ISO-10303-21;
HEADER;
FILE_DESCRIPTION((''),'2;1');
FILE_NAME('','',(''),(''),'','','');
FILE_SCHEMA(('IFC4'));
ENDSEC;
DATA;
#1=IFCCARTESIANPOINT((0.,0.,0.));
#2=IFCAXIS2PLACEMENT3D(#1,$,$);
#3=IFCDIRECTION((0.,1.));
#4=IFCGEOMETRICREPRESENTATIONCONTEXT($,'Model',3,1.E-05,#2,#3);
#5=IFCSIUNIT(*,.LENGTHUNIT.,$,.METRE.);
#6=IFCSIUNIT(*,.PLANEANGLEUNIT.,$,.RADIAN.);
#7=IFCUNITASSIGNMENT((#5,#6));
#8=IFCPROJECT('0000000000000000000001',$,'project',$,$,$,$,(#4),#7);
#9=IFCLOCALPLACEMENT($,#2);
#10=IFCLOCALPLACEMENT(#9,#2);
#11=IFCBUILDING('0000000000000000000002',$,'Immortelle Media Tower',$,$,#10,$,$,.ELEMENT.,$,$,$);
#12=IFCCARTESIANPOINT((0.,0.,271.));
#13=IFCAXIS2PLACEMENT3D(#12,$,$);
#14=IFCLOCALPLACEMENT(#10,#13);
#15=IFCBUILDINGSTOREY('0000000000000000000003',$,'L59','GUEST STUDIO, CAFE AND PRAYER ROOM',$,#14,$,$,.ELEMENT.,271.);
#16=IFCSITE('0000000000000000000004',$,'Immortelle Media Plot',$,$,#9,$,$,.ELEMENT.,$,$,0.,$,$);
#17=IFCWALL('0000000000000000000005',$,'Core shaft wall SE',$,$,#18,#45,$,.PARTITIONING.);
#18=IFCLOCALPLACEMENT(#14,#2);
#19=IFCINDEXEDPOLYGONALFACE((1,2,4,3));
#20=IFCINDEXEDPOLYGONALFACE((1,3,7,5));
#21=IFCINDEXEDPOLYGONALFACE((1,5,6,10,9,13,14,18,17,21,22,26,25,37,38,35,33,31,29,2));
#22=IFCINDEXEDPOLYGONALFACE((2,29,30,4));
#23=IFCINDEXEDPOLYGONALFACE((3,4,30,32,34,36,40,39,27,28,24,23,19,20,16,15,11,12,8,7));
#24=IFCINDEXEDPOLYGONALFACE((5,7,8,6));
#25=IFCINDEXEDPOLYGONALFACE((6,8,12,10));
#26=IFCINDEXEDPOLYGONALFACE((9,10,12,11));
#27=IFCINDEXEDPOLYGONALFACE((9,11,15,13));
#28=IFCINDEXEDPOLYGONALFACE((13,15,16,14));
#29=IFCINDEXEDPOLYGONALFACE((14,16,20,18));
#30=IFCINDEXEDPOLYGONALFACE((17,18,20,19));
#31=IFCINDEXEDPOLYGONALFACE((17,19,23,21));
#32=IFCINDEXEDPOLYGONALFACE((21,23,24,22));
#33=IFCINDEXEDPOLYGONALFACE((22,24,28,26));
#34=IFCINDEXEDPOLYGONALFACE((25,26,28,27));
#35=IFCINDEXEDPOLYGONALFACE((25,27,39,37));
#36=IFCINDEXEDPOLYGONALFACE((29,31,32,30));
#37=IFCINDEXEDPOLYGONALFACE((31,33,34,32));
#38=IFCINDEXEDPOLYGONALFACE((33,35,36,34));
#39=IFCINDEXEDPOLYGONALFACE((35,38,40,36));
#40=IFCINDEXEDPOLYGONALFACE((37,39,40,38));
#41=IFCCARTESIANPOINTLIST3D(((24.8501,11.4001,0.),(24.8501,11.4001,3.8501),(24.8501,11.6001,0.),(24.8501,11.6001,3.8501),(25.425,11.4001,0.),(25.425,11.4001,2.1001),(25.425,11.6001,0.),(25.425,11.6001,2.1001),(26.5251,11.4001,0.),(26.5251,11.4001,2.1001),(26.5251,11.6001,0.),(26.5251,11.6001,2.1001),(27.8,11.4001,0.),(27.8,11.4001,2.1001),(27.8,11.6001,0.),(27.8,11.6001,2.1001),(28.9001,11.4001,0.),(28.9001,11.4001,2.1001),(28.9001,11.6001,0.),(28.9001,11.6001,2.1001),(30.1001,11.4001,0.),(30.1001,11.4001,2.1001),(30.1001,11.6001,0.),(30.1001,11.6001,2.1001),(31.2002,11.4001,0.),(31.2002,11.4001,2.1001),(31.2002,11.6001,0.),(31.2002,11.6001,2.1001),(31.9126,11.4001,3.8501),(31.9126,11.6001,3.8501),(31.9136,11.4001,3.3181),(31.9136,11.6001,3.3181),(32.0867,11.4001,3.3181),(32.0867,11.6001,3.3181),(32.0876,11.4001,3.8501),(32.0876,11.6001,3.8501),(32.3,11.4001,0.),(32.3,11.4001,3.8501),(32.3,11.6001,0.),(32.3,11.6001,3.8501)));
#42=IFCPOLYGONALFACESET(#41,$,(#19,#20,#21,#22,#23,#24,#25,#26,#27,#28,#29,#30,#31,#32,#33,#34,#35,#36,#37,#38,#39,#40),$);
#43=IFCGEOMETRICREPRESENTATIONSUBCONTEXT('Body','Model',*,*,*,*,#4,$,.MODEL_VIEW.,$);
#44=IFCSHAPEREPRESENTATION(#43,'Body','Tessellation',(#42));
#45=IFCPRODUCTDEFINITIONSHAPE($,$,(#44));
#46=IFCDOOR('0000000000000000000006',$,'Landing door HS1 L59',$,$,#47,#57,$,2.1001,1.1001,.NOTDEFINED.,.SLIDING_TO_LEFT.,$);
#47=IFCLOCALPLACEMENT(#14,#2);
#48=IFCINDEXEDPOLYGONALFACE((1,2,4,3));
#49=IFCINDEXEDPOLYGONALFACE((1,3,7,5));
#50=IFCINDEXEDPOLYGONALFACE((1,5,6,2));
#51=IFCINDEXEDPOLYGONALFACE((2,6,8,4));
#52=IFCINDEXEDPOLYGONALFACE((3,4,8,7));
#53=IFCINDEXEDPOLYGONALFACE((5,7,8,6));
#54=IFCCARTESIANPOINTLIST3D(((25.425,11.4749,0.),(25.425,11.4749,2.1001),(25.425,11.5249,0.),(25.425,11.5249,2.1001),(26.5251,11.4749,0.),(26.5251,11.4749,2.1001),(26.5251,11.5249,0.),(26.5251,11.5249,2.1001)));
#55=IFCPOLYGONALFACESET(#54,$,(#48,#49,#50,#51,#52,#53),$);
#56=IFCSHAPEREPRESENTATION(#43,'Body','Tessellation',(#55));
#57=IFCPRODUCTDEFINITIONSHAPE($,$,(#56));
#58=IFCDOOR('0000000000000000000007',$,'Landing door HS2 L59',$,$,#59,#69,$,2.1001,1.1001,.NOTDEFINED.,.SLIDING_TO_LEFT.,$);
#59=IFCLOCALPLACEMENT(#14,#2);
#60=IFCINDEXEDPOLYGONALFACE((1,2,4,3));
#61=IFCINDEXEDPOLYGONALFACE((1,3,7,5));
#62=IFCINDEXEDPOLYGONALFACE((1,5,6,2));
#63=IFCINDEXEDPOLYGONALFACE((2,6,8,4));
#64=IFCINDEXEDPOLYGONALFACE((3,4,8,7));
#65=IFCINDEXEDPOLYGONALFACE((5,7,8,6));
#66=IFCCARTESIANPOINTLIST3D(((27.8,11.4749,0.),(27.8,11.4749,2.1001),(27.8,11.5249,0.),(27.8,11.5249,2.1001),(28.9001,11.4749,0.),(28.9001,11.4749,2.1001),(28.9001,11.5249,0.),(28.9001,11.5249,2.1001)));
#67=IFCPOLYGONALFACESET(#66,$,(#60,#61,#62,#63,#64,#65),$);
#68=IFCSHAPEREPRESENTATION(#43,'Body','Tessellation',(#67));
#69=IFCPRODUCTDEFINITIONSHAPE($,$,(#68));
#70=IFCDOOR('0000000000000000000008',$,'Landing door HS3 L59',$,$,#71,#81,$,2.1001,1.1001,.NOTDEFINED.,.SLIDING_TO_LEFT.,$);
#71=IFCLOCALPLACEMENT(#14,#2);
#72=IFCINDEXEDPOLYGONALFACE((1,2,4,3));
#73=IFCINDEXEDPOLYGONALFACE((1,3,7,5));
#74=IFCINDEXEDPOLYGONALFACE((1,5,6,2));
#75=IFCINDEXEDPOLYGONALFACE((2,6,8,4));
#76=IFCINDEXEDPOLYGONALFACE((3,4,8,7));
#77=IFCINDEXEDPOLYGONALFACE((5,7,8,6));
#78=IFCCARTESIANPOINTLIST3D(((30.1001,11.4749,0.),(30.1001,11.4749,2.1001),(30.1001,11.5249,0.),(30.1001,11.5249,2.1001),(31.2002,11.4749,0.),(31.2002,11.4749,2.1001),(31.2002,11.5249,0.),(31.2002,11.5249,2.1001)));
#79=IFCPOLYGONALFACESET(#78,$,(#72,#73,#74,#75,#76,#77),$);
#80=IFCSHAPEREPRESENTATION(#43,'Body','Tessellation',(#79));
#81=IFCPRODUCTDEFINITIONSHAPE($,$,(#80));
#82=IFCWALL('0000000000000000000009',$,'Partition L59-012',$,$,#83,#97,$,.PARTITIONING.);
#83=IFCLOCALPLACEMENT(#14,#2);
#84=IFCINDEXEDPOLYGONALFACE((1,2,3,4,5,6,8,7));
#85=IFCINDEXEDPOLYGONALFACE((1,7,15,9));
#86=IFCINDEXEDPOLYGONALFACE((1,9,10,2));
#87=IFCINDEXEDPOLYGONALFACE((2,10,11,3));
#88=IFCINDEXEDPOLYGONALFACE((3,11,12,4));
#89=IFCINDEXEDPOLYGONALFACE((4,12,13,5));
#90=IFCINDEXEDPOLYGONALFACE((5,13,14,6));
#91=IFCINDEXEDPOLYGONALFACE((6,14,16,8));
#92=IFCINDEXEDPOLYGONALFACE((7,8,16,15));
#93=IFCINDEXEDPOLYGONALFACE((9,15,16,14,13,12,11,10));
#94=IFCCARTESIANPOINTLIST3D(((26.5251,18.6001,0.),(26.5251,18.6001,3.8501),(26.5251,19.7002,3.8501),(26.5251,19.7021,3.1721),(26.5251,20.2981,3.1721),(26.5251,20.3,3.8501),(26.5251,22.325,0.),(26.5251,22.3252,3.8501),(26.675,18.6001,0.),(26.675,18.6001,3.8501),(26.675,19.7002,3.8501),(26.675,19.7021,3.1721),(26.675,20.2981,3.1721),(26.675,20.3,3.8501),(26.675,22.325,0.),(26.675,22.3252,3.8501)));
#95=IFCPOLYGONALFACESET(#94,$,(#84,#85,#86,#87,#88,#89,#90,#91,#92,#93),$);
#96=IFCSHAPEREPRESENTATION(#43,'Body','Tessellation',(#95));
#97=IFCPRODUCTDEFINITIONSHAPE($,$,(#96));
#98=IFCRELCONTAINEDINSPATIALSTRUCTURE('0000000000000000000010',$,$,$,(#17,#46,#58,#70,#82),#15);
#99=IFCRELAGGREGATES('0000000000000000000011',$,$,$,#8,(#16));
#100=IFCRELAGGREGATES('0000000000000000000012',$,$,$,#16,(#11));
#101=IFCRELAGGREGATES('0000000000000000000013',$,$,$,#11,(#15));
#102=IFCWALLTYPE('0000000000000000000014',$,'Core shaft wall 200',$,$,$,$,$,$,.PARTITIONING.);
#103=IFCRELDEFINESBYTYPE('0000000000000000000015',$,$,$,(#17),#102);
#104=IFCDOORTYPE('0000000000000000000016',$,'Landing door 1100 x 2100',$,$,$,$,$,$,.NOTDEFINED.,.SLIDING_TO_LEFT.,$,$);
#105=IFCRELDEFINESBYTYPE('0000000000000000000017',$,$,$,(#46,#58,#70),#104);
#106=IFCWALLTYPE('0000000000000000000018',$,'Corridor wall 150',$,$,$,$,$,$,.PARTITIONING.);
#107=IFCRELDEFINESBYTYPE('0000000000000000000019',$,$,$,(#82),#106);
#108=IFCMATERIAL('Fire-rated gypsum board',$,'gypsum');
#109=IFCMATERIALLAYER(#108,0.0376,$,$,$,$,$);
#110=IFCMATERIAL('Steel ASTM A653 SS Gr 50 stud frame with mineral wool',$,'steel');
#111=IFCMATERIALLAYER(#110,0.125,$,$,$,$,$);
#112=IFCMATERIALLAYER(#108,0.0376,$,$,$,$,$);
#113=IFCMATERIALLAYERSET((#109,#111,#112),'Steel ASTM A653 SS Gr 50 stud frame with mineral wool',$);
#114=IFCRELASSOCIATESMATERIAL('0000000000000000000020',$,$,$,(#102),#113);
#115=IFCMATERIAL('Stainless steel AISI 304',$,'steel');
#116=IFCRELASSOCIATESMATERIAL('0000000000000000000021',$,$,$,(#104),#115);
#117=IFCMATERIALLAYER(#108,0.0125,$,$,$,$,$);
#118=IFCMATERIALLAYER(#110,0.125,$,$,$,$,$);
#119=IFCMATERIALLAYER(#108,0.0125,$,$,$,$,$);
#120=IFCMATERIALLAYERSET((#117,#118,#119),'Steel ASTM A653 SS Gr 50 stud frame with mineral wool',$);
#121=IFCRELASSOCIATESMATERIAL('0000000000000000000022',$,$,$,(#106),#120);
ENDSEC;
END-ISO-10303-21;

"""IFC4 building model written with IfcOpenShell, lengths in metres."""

from ifc_helpers import new_model, si_unit, direction, frame, frame_2d, origin, place, context, subcontext, project, spatial, polyline, rectangle, outline, extrude, material, layer, layer_set, type_object, element, fill, save


model = new_model("IFC4")

# Units and contexts
model_context = context("Model", 3, precision=1e-05, world=origin(), true_north=direction((0.0, 1.0)))
body_context = subcontext(model_context, "Body", "Model", "MODEL_VIEW")
ifc_project = project(units=[si_unit("LENGTHUNIT", "METRE"), si_unit("PLANEANGLEUNIT", "RADIAN")], contexts=[model_context])

# Site, building, storey
site_placement = place(None, origin())
site = spatial("IfcSite", under=ifc_project, at=site_placement, Name="Immortelle Media Plot", CompositionType="ELEMENT", RefElevation=0.0)
building_placement = place(site_placement, origin())
building = spatial("IfcBuilding", under=site, at=building_placement, Name="Immortelle Media Tower", CompositionType="ELEMENT")
storey_placement = place(building_placement, frame((0.0, 0.0, 271.0)))
storey = spatial("IfcBuildingStorey", under=building, at=storey_placement, Name="L59", Description="GUEST STUDIO, CAFE AND PRAYER ROOM", CompositionType="ELEMENT", Elevation=271.0)

# Shared definitions
ifc_material_1 = material(Name="Fire-rated gypsum board", Category="gypsum")
ifc_material_2 = material(Name="Steel ASTM A653 SS Gr 50 stud frame with mineral wool", Category="steel")

# Shared definitions
ifc_layer_1 = layer(ifc_material_1, 0.0376)
ifc_layer_2 = layer(ifc_material_2, 0.125)
ifc_layer_3 = layer(ifc_material_1, 0.0376)
ifc_layer_set_1 = layer_set([ifc_layer_1, ifc_layer_2, ifc_layer_3], Name="Steel ASTM A653 SS Gr 50 stud frame with mineral wool")
wall_type_1 = type_object("IfcWallType", Name="Core shaft wall 200", PredefinedType="PARTITIONING", material=ifc_layer_set_1)

# Wall, openings, doors
wall_1_placement = place(storey_placement, frame((24.8501, 11.5, 0.0), z_axis=(0.0, 0.0, 1.0), x_axis=(1.0, 0.0, 0.0)))
wall_1 = element("IfcWall", 1, at=wall_1_placement, inside=storey, type_object=wall_type_1, Name="Core shaft wall SE", PredefinedType="PARTITIONING", context=body_context, shape_type="SweptSolid", body=[
    extrude(outline(polyline([(0.0, 0.0), (7.45, 0.0), (7.45, 3.8501), (7.2375, 3.8501), (7.2366, 3.3181), (7.0635, 3.3181), (7.0625, 3.8501), (0.0, 3.8501), (0.0, 0.0)])), frame((0.0, 0.1001, 0.0), z_axis=(0.0, -1.0, 0.0), x_axis=(1.0, 0.0, 0.0)), (0.0, 0.0, 1.0), 0.2),
])
opening_1_placement = place(wall_1_placement, frame((0.575, 0.0, 0.0)))
opening_1 = element("IfcOpeningElement", 2, at=opening_1_placement, cuts=wall_1, PredefinedType="OPENING", context=body_context, shape_type="SweptSolid", body=[
    extrude(rectangle(XDim=1.1001, YDim=2.1001, at=frame_2d((0.55, 1.05))), frame((0.0, 0.1099, 0.0), z_axis=(0.0, -1.0, 0.0), x_axis=(1.0, 0.0, 0.0)), (0.0, 0.0, 1.0), 0.22),
])
opening_2_placement = place(wall_1_placement, frame((2.95, 0.0, 0.0)))
opening_2 = element("IfcOpeningElement", 3, at=opening_2_placement, cuts=wall_1, PredefinedType="OPENING", context=body_context, shape_type="SweptSolid", body=[
    extrude(rectangle(XDim=1.1001, YDim=2.1001, at=frame_2d((0.55, 1.05))), frame((0.0, 0.1099, 0.0), z_axis=(0.0, -1.0, 0.0), x_axis=(1.0, 0.0, 0.0)), (0.0, 0.0, 1.0), 0.22),
])
opening_3_placement = place(wall_1_placement, frame((5.25, 0.0, 0.0)))
opening_3 = element("IfcOpeningElement", 4, at=opening_3_placement, cuts=wall_1, PredefinedType="OPENING", context=body_context, shape_type="SweptSolid", body=[
    extrude(rectangle(XDim=1.1001, YDim=2.1001, at=frame_2d((0.55, 1.05))), frame((0.0, 0.1099, 0.0), z_axis=(0.0, -1.0, 0.0), x_axis=(1.0, 0.0, 0.0)), (0.0, 0.0, 1.0), 0.22),
])
ifc_material_3 = material(Name="Stainless steel AISI 304", Category="steel")
door_type_1 = type_object("IfcDoorType", Name="Landing door 1100 x 2100", OperationType="SLIDING_TO_LEFT", PredefinedType="NOTDEFINED", material=ifc_material_3)
door_1_placement = place(opening_1_placement, origin())
door_1 = element("IfcDoor", 5, at=door_1_placement, inside=storey, type_object=door_type_1, Name="Landing door HS1 L59", OperationType="SLIDING_TO_LEFT", OverallHeight=2.1001, OverallWidth=1.1001, PredefinedType="NOTDEFINED", context=body_context, shape_type="SweptSolid", body=[
    extrude(rectangle(XDim=1.1001, YDim=2.1001, at=frame_2d((0.55, 1.05))), frame((0.0, 0.0249, 0.0), z_axis=(0.0, -1.0, 0.0), x_axis=(1.0, 0.0, 0.0)), (0.0, 0.0, 1.0), 0.05),
])
fill(opening_1, door_1)
door_2_placement = place(opening_2_placement, origin())
door_2 = element("IfcDoor", 6, at=door_2_placement, inside=storey, type_object=door_type_1, Name="Landing door HS2 L59", OperationType="SLIDING_TO_LEFT", OverallHeight=2.1001, OverallWidth=1.1001, PredefinedType="NOTDEFINED", context=body_context, shape_type="SweptSolid", body=[
    extrude(rectangle(XDim=1.1001, YDim=2.1001, at=frame_2d((0.55, 1.05))), frame((0.0, 0.0249, 0.0), z_axis=(0.0, -1.0, 0.0), x_axis=(1.0, 0.0, 0.0)), (0.0, 0.0, 1.0), 0.05),
])
fill(opening_2, door_2)
door_3_placement = place(opening_3_placement, origin())
door_3 = element("IfcDoor", 7, at=door_3_placement, inside=storey, type_object=door_type_1, Name="Landing door HS3 L59", OperationType="SLIDING_TO_LEFT", OverallHeight=2.1001, OverallWidth=1.1001, PredefinedType="NOTDEFINED", context=body_context, shape_type="SweptSolid", body=[
    extrude(rectangle(XDim=1.1001, YDim=2.1001, at=frame_2d((0.55, 1.05))), frame((0.0, 0.0249, 0.0), z_axis=(0.0, -1.0, 0.0), x_axis=(1.0, 0.0, 0.0)), (0.0, 0.0, 1.0), 0.05),
])
fill(opening_3, door_3)

# Wall
ifc_layer_4 = layer(ifc_material_1, 0.0125)
ifc_layer_5 = layer(ifc_material_2, 0.125)
ifc_layer_6 = layer(ifc_material_1, 0.0125)
ifc_layer_set_2 = layer_set([ifc_layer_4, ifc_layer_5, ifc_layer_6], Name="Steel ASTM A653 SS Gr 50 stud frame with mineral wool")
wall_type_2 = type_object("IfcWallType", Name="Corridor wall 150", PredefinedType="PARTITIONING", material=ifc_layer_set_2)
wall_2_placement = place(storey_placement, frame((26.6001, 18.6001, 0.0), z_axis=(0.0, 0.0, 1.0), x_axis=(0.0, 1.0, 0.0)))
element("IfcWall", 8, at=wall_2_placement, inside=storey, type_object=wall_type_2, Name="Partition L59-012", PredefinedType="PARTITIONING", context=body_context, shape_type="SweptSolid", body=[
    extrude(outline(polyline([(0.0, 0.0), (3.7249, 0.0), (3.7251, 3.8501), (1.7, 3.8501), (1.698, 3.1721), (1.1021, 3.1721), (1.1001, 3.8501), (0.0, 3.8501), (0.0, 0.0)])), frame((0.0, 0.075, 0.0), z_axis=(0.0, -1.0, 0.0), x_axis=(1.0, 0.0, 0.0)), (0.0, 0.0, 1.0), 0.1499),
])

save(model, "model.ifc")
